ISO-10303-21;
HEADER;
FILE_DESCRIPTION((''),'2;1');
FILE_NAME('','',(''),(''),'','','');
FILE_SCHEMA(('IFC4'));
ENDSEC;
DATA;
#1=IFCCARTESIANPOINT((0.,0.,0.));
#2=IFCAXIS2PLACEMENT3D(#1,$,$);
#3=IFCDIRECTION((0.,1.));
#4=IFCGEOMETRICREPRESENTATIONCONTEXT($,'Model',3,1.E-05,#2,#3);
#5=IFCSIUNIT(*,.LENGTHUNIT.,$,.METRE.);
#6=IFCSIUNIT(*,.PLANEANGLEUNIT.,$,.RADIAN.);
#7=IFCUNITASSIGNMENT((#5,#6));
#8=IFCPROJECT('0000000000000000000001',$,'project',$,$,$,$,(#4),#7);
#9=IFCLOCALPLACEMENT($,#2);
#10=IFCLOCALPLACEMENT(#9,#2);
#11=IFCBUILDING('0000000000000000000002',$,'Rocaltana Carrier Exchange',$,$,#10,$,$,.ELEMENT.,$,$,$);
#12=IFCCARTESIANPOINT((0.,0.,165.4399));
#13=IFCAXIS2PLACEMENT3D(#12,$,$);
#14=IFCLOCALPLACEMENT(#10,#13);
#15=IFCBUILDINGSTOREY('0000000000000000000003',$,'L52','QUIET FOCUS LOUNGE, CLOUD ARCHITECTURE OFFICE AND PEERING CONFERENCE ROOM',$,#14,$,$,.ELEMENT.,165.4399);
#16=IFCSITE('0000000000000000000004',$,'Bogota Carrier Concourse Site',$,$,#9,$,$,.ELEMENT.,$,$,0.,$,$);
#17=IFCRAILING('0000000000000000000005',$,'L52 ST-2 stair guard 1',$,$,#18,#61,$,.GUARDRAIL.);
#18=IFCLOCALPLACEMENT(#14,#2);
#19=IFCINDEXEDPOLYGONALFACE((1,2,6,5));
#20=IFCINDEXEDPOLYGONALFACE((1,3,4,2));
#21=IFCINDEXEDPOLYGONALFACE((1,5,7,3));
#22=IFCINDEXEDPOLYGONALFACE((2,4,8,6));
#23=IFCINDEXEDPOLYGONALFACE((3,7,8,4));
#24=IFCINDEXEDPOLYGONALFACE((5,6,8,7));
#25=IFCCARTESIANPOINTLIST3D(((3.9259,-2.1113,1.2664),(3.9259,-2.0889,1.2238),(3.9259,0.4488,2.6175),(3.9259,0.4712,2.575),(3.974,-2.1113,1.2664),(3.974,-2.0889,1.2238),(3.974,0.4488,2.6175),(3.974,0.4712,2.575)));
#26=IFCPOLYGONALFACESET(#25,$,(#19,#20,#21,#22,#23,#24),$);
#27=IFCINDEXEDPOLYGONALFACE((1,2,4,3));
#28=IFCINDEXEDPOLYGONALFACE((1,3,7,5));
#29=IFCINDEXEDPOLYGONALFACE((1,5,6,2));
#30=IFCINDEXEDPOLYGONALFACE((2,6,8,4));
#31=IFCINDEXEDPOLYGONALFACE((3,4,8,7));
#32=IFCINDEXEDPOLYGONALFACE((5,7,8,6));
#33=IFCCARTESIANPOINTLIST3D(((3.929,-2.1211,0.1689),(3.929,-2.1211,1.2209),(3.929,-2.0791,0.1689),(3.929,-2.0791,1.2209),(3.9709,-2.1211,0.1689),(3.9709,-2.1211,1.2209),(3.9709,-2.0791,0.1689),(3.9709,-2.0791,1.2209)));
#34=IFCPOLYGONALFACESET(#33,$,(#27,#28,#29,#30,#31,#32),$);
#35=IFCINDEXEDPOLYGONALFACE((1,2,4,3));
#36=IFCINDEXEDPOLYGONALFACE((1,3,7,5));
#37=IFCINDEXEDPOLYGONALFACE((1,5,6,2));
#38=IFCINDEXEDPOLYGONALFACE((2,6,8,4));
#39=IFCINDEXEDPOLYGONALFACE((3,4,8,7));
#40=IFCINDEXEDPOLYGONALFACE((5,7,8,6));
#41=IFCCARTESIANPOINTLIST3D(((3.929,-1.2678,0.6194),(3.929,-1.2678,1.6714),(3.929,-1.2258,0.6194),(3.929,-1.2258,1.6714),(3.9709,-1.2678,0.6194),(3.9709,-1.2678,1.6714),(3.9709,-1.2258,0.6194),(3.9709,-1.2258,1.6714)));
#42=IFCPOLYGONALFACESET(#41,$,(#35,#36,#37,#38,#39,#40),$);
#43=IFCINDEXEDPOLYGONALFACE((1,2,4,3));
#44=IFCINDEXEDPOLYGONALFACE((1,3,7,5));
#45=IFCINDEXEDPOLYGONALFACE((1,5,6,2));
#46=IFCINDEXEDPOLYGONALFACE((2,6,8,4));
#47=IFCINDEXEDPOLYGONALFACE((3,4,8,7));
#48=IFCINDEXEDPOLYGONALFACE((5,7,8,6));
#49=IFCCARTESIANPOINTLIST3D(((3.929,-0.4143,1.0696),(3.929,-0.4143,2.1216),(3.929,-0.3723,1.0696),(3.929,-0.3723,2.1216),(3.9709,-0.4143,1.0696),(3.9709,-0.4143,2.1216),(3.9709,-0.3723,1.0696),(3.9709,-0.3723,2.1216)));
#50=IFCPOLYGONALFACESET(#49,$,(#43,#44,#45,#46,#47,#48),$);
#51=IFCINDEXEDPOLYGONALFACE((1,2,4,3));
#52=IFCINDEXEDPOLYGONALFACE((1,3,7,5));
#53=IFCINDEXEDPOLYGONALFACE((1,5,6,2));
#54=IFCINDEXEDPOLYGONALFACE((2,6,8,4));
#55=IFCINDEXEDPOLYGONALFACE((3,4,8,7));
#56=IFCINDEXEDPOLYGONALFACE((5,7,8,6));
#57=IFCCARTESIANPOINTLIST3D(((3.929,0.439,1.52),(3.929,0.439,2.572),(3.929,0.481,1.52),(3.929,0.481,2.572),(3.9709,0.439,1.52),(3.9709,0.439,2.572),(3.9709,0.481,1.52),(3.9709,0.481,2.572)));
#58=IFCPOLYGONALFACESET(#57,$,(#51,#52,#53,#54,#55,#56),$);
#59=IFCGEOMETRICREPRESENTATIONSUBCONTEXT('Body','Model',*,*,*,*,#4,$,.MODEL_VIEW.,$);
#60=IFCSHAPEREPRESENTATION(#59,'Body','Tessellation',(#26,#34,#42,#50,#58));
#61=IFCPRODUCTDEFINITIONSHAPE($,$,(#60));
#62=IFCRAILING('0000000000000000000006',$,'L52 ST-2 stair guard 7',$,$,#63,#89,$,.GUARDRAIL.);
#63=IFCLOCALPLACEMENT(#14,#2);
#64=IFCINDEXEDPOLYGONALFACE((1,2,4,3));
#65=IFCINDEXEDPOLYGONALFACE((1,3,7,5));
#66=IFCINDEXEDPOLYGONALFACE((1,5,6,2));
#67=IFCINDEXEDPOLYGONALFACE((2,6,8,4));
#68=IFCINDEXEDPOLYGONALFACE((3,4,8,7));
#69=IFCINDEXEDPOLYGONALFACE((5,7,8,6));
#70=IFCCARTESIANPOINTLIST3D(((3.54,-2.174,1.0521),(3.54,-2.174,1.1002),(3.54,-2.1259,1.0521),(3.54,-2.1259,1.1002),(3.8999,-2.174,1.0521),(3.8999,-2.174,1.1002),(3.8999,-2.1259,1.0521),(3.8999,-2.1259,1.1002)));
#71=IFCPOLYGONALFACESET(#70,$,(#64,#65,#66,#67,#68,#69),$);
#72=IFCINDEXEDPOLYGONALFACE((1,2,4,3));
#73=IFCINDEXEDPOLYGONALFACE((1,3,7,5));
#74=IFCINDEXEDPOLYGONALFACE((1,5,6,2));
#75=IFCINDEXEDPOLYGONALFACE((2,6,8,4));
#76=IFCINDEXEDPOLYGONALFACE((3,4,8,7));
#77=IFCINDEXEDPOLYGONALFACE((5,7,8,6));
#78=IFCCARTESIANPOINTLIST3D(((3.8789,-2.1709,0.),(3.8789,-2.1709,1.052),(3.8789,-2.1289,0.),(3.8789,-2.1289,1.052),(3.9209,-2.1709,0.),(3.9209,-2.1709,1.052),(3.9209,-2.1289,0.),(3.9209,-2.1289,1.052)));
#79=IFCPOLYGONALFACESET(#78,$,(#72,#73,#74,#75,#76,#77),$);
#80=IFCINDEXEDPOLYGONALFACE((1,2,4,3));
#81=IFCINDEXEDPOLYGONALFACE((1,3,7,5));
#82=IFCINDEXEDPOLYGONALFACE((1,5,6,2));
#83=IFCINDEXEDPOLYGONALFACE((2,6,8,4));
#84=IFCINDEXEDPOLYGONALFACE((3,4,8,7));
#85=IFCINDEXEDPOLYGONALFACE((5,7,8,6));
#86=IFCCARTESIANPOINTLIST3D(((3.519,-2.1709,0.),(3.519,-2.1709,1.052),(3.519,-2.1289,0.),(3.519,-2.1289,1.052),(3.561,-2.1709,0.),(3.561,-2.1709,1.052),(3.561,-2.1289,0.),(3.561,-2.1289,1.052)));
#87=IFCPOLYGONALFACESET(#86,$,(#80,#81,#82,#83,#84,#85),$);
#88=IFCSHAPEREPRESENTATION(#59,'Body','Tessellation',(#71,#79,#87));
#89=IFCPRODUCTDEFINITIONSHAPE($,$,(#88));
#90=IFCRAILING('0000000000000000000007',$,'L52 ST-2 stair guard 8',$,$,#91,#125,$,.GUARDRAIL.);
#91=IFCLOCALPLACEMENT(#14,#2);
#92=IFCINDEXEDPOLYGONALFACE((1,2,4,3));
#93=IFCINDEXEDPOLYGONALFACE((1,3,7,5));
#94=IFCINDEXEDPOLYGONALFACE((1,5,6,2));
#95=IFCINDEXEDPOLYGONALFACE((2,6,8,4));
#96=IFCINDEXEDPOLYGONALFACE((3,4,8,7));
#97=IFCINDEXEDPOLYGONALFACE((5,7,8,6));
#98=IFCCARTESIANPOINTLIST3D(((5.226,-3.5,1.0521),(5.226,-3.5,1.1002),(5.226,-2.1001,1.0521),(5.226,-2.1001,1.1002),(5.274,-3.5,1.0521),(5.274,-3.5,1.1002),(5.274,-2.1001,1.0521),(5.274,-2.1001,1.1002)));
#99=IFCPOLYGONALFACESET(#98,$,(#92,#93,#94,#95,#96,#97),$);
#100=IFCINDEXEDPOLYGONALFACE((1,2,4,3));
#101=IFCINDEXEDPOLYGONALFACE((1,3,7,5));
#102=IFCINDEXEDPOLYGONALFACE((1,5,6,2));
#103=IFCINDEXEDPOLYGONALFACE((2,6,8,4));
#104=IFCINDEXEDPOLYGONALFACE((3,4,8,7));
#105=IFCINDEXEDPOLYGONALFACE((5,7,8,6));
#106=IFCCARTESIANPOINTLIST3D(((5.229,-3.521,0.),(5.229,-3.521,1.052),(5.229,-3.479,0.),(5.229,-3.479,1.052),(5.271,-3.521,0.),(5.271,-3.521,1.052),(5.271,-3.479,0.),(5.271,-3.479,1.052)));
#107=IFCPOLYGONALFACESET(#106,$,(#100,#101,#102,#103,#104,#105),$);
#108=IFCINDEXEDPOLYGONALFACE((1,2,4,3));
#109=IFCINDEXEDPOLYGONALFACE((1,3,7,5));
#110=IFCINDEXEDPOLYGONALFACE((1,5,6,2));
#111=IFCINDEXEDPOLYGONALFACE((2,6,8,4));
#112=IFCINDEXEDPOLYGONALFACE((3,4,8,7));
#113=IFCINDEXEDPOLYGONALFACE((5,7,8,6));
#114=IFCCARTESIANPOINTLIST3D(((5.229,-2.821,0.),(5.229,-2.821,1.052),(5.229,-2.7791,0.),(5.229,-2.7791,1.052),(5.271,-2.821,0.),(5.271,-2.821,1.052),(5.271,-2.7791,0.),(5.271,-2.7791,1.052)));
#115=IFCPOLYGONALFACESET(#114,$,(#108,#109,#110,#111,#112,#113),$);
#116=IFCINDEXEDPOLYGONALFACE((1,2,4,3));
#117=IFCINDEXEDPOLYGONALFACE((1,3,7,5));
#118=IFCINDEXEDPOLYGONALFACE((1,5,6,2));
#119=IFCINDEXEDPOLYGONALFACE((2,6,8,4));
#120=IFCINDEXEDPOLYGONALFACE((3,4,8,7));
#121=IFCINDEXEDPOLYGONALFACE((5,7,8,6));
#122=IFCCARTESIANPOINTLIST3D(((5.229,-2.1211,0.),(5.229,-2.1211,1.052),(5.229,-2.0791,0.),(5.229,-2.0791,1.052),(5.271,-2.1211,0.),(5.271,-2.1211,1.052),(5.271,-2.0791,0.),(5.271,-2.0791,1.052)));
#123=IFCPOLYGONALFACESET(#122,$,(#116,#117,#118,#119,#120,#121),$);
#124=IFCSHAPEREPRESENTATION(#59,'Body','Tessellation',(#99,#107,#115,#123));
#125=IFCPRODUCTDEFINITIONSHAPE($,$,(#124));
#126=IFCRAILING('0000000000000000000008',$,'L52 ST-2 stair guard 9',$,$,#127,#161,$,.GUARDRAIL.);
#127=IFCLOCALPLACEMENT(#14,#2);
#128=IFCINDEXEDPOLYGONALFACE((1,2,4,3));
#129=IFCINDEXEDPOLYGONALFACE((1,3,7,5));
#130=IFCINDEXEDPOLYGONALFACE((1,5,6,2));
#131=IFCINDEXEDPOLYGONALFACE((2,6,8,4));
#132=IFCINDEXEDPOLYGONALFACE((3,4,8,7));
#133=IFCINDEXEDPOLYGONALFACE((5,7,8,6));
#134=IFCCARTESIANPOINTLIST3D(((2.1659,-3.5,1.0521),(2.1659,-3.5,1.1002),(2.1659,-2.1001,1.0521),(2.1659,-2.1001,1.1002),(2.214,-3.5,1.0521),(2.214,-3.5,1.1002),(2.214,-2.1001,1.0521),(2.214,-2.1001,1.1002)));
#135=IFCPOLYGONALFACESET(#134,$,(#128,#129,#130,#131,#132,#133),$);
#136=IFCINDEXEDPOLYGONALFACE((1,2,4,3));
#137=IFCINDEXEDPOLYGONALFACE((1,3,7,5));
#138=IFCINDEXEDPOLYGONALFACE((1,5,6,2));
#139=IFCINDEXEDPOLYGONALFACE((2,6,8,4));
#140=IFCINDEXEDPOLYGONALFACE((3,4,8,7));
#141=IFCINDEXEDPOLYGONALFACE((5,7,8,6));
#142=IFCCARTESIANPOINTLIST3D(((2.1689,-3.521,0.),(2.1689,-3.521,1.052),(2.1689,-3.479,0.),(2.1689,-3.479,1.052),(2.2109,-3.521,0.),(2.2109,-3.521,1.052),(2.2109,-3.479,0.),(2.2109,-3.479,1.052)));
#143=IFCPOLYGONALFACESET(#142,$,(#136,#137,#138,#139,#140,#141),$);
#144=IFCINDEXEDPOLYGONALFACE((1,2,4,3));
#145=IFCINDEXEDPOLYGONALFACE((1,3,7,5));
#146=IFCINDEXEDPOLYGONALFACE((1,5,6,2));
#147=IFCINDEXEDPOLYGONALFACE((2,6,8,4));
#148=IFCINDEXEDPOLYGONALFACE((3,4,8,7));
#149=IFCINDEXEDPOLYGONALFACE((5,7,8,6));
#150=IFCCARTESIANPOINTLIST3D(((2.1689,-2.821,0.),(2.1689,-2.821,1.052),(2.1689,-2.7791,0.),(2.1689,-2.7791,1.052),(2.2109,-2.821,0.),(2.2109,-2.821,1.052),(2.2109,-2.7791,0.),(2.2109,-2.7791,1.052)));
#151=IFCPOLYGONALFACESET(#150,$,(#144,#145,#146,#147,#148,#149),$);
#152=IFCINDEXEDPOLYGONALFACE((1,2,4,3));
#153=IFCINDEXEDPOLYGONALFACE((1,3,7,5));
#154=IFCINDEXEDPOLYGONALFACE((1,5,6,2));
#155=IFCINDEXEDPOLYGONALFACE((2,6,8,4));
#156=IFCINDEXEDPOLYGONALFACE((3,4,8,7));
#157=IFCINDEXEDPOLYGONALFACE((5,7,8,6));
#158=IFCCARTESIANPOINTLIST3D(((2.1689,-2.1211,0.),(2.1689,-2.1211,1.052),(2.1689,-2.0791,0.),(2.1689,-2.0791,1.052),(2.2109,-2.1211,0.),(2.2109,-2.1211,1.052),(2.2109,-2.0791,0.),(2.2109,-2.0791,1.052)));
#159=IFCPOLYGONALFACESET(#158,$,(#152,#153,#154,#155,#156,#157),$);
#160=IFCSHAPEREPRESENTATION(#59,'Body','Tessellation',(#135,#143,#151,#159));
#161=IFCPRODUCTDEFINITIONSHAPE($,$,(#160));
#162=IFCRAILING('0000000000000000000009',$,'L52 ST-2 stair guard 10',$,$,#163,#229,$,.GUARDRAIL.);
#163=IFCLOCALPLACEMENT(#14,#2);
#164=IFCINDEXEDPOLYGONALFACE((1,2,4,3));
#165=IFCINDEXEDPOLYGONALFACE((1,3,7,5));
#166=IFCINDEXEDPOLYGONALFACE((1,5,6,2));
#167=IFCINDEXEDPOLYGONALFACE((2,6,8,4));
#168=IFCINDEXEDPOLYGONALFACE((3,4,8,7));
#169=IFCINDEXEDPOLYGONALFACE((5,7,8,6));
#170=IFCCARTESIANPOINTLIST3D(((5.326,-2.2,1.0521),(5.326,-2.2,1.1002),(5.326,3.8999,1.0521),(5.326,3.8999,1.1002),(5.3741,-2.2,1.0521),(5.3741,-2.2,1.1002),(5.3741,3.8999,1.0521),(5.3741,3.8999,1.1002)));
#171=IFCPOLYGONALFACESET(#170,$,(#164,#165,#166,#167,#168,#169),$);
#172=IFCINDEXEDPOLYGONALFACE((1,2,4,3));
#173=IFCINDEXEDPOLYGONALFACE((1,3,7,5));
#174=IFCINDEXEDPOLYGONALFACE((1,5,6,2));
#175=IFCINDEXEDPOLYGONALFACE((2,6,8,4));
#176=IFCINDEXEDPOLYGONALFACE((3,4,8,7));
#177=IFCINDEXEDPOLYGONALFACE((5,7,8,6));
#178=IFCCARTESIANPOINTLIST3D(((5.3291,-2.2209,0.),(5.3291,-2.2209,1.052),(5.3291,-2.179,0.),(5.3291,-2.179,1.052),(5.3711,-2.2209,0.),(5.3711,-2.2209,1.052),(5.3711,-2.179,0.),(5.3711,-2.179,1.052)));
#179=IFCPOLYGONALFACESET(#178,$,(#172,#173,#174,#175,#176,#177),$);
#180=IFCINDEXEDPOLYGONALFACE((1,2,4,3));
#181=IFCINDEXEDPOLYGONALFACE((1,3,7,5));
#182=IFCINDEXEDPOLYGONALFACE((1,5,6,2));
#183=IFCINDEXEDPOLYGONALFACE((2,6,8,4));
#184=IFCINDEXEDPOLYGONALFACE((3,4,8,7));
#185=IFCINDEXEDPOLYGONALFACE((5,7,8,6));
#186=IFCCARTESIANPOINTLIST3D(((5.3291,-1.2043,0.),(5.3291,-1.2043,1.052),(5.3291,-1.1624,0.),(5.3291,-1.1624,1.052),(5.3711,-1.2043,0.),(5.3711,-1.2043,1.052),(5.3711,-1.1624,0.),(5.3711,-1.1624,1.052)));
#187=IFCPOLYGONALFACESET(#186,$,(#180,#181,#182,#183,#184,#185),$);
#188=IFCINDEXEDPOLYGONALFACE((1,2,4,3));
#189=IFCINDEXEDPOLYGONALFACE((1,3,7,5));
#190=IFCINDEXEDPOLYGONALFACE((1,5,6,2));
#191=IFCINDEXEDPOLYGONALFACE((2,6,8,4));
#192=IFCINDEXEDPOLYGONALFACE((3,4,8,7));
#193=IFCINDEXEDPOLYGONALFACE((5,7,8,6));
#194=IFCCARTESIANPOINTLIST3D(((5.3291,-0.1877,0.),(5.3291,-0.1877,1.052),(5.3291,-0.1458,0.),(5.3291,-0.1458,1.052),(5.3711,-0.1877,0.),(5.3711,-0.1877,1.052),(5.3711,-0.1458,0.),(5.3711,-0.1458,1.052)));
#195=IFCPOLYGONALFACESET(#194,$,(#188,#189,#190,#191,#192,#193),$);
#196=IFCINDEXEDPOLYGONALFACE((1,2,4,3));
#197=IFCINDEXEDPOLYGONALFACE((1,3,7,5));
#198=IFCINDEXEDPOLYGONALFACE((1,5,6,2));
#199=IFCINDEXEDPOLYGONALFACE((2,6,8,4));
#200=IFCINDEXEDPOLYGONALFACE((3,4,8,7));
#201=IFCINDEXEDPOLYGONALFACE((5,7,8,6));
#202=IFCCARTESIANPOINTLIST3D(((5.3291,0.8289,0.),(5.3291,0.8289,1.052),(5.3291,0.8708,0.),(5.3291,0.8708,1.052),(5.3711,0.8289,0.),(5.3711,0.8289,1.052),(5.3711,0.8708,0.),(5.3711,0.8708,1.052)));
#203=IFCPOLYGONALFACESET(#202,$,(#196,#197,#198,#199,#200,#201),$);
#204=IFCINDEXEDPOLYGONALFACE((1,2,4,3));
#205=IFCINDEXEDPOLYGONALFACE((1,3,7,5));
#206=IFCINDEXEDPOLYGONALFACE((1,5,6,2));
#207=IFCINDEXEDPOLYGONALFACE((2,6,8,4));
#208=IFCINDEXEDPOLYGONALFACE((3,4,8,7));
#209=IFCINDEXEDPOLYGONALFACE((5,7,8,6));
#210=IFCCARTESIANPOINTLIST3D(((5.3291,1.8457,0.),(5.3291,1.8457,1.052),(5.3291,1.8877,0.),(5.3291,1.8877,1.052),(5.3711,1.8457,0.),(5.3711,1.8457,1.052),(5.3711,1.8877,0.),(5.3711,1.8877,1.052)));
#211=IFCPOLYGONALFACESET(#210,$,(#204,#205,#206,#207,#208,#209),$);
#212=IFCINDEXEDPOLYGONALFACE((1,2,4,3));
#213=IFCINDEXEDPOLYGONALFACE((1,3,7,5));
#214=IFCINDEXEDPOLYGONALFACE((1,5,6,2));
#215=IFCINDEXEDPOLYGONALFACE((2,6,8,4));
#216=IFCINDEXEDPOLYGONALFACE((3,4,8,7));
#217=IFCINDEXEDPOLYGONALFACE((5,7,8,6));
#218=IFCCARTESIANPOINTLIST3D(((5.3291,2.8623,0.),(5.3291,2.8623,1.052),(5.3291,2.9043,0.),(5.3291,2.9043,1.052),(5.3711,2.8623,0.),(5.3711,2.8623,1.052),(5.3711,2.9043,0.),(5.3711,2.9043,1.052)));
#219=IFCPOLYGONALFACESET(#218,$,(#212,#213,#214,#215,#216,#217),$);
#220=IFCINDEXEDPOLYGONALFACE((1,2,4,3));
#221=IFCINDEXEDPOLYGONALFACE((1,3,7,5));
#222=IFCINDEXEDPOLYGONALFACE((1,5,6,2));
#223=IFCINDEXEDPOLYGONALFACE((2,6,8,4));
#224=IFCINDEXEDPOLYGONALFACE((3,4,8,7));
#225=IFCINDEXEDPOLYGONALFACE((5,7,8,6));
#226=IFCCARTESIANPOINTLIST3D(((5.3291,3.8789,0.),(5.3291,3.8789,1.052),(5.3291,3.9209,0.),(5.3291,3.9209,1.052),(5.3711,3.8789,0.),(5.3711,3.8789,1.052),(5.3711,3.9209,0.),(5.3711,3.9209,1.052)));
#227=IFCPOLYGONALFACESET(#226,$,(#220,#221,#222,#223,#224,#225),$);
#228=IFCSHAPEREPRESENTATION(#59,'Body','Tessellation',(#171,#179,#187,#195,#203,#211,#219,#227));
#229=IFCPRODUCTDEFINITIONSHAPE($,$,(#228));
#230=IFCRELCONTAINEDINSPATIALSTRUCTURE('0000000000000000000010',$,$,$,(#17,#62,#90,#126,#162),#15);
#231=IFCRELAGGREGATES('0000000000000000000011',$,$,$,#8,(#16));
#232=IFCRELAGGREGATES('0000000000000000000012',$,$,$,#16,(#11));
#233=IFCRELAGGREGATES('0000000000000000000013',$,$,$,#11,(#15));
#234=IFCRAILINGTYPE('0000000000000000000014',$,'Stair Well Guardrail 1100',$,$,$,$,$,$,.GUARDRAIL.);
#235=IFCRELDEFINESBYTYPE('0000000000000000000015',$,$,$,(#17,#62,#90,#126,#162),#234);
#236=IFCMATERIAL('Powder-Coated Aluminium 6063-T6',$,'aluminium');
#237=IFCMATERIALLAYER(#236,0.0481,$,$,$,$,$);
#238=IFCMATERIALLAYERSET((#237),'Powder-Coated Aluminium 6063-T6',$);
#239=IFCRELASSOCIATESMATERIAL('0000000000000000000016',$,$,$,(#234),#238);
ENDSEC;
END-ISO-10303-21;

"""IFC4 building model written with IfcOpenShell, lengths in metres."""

from ifc_helpers import new_model, si_unit, direction, frame, origin, origin_2d, place, context, subcontext, project, spatial, rectangle, extrude, material, layer, layer_set, type_object, element, save


model = new_model("IFC4")

# Units and contexts
model_context = context("Model", 3, precision=1e-05, world=origin(), true_north=direction((0.0, 1.0)))
body_context = subcontext(model_context, "Body", "Model", "MODEL_VIEW")
ifc_project = project(units=[si_unit("LENGTHUNIT", "METRE"), si_unit("PLANEANGLEUNIT", "RADIAN")], contexts=[model_context])

# Site, building, storey
site_placement = place(None, origin())
site = spatial("IfcSite", under=ifc_project, at=site_placement, Name="Bogota Carrier Concourse Site", CompositionType="ELEMENT", RefElevation=0.0)
building_placement = place(site_placement, origin())
building = spatial("IfcBuilding", under=site, at=building_placement, Name="Rocaltana Carrier Exchange", CompositionType="ELEMENT")
storey_placement = place(building_placement, frame((0.0, 0.0, 165.4399)))
storey = spatial("IfcBuildingStorey", under=building, at=storey_placement, Name="L52", Description="QUIET FOCUS LOUNGE, CLOUD ARCHITECTURE OFFICE AND PEERING CONFERENCE ROOM", CompositionType="ELEMENT", Elevation=165.4399)

# Railings
ifc_material_1 = material(Name="Powder-Coated Aluminium 6063-T6", Category="aluminium")
ifc_layer_1 = layer(ifc_material_1, 0.0481)
ifc_layer_set_1 = layer_set([ifc_layer_1], Name="Powder-Coated Aluminium 6063-T6")
railing_type_1 = type_object("IfcRailingType", Name="Stair Well Guardrail 1100", PredefinedType="GUARDRAIL", material=ifc_layer_set_1)
railing_1_placement = place(storey_placement, frame((3.95, -2.1001, 0.1689)))
element("IfcRailing", 1, at=railing_1_placement, inside=storey, type_object=railing_type_1, Name="L52 ST-2 stair guard 1", PredefinedType="GUARDRAIL", context=body_context, shape_type="SweptSolid", body=[
    extrude(rectangle(XDim=0.0481, YDim=0.0481, at=origin_2d()), frame((0.0, 0.0, 1.0762), z_axis=(0.0, 0.884394, 0.46674), x_axis=(-1.0, 0.0, 0.0)), (0.0, 0.0, 1.0), 2.8948),
    extrude(rectangle(XDim=0.042, YDim=0.042, at=origin_2d()), origin(), (0.0, 0.0, 1.0), 1.052),
    extrude(rectangle(XDim=0.042, YDim=0.042, at=origin_2d()), frame((0.0, 0.8533, 0.4504)), (0.0, 0.0, 1.0), 1.052),
    extrude(rectangle(XDim=0.042, YDim=0.042, at=origin_2d()), frame((0.0, 1.7068, 0.9006)), (0.0, 0.0, 1.0), 1.052),
    extrude(rectangle(XDim=0.042, YDim=0.042, at=origin_2d()), frame((0.0, 2.5601, 1.3511)), (0.0, 0.0, 1.0), 1.052),
])
railing_2_placement = place(storey_placement, frame((3.8999, -2.1499, 0.0)))
element("IfcRailing", 2, at=railing_2_placement, inside=storey, type_object=railing_type_1, Name="L52 ST-2 stair guard 7", PredefinedType="GUARDRAIL", context=body_context, shape_type="SweptSolid", body=[
    extrude(rectangle(XDim=0.0481, YDim=0.0481, at=origin_2d()), frame((0.0, 0.0, 1.0762), z_axis=(-1.0, 0.0, 0.0), x_axis=(0.0, -1.0, 0.0)), (0.0, 0.0, 1.0), 0.3599),
    extrude(rectangle(XDim=0.042, YDim=0.042, at=origin_2d()), origin(), (0.0, 0.0, 1.0), 1.052),
    extrude(rectangle(XDim=0.042, YDim=0.042, at=origin_2d()), frame((-0.3599, 0.0, 0.0)), (0.0, 0.0, 1.0), 1.052),
])
for number, where, name in (
    (3, (5.25, -3.5, 0.0), "L52 ST-2 stair guard 8"),
    (4, (2.1899, -3.5, 0.0), "L52 ST-2 stair guard 9"),
):
    element("IfcRailing", number, at=place(storey_placement, frame(where)), inside=storey, type_object=railing_type_1, Name=name, PredefinedType="GUARDRAIL", context=body_context, shape_type="SweptSolid", body=[
        extrude(rectangle(XDim=0.0481, YDim=0.0481, at=origin_2d()), frame((0.0, 0.0, 1.0762), z_axis=(0.0, 1.0, 0.0), x_axis=(-1.0, 0.0, 0.0)), (0.0, 0.0, 1.0), 1.3999),
        extrude(rectangle(XDim=0.042, YDim=0.042, at=origin_2d()), origin(), (0.0, 0.0, 1.0), 1.052),
        extrude(rectangle(XDim=0.042, YDim=0.042, at=origin_2d()), frame((0.0, 0.7, 0.0)), (0.0, 0.0, 1.0), 1.052),
        extrude(rectangle(XDim=0.042, YDim=0.042, at=origin_2d()), frame((0.0, 1.3999, 0.0)), (0.0, 0.0, 1.0), 1.052),
    ])
for number, where, name in (
    (5, (5.3501, -2.2, 0.0), "L52 ST-2 stair guard 10"),
):
    element("IfcRailing", number, at=place(storey_placement, frame(where)), inside=storey, type_object=railing_type_1, Name=name, PredefinedType="GUARDRAIL", context=body_context, shape_type="SweptSolid", body=[
        extrude(rectangle(XDim=0.0481, YDim=0.0481, at=origin_2d()), frame((0.0, 0.0, 1.0762), z_axis=(0.0, 1.0, 0.0), x_axis=(-1.0, 0.0, 0.0)), (0.0, 0.0, 1.0), 6.0999),
        extrude(rectangle(XDim=0.042, YDim=0.042, at=origin_2d()), origin(), (0.0, 0.0, 1.0), 1.052),
        extrude(rectangle(XDim=0.042, YDim=0.042, at=origin_2d()), frame((0.0, 1.0166, 0.0)), (0.0, 0.0, 1.0), 1.052),
        extrude(rectangle(XDim=0.042, YDim=0.042, at=origin_2d()), frame((0.0, 2.0332, 0.0)), (0.0, 0.0, 1.0), 1.052),
        extrude(rectangle(XDim=0.042, YDim=0.042, at=origin_2d()), frame((0.0, 3.0498, 0.0)), (0.0, 0.0, 1.0), 1.052),
        extrude(rectangle(XDim=0.042, YDim=0.042, at=origin_2d()), frame((0.0, 4.0667, 0.0)), (0.0, 0.0, 1.0), 1.052),
        extrude(rectangle(XDim=0.042, YDim=0.042, at=origin_2d()), frame((0.0, 5.0833, 0.0)), (0.0, 0.0, 1.0), 1.052),
        extrude(rectangle(XDim=0.042, YDim=0.042, at=origin_2d()), frame((0.0, 6.0999, 0.0)), (0.0, 0.0, 1.0), 1.052),
    ])

save(model, "model.ifc")
